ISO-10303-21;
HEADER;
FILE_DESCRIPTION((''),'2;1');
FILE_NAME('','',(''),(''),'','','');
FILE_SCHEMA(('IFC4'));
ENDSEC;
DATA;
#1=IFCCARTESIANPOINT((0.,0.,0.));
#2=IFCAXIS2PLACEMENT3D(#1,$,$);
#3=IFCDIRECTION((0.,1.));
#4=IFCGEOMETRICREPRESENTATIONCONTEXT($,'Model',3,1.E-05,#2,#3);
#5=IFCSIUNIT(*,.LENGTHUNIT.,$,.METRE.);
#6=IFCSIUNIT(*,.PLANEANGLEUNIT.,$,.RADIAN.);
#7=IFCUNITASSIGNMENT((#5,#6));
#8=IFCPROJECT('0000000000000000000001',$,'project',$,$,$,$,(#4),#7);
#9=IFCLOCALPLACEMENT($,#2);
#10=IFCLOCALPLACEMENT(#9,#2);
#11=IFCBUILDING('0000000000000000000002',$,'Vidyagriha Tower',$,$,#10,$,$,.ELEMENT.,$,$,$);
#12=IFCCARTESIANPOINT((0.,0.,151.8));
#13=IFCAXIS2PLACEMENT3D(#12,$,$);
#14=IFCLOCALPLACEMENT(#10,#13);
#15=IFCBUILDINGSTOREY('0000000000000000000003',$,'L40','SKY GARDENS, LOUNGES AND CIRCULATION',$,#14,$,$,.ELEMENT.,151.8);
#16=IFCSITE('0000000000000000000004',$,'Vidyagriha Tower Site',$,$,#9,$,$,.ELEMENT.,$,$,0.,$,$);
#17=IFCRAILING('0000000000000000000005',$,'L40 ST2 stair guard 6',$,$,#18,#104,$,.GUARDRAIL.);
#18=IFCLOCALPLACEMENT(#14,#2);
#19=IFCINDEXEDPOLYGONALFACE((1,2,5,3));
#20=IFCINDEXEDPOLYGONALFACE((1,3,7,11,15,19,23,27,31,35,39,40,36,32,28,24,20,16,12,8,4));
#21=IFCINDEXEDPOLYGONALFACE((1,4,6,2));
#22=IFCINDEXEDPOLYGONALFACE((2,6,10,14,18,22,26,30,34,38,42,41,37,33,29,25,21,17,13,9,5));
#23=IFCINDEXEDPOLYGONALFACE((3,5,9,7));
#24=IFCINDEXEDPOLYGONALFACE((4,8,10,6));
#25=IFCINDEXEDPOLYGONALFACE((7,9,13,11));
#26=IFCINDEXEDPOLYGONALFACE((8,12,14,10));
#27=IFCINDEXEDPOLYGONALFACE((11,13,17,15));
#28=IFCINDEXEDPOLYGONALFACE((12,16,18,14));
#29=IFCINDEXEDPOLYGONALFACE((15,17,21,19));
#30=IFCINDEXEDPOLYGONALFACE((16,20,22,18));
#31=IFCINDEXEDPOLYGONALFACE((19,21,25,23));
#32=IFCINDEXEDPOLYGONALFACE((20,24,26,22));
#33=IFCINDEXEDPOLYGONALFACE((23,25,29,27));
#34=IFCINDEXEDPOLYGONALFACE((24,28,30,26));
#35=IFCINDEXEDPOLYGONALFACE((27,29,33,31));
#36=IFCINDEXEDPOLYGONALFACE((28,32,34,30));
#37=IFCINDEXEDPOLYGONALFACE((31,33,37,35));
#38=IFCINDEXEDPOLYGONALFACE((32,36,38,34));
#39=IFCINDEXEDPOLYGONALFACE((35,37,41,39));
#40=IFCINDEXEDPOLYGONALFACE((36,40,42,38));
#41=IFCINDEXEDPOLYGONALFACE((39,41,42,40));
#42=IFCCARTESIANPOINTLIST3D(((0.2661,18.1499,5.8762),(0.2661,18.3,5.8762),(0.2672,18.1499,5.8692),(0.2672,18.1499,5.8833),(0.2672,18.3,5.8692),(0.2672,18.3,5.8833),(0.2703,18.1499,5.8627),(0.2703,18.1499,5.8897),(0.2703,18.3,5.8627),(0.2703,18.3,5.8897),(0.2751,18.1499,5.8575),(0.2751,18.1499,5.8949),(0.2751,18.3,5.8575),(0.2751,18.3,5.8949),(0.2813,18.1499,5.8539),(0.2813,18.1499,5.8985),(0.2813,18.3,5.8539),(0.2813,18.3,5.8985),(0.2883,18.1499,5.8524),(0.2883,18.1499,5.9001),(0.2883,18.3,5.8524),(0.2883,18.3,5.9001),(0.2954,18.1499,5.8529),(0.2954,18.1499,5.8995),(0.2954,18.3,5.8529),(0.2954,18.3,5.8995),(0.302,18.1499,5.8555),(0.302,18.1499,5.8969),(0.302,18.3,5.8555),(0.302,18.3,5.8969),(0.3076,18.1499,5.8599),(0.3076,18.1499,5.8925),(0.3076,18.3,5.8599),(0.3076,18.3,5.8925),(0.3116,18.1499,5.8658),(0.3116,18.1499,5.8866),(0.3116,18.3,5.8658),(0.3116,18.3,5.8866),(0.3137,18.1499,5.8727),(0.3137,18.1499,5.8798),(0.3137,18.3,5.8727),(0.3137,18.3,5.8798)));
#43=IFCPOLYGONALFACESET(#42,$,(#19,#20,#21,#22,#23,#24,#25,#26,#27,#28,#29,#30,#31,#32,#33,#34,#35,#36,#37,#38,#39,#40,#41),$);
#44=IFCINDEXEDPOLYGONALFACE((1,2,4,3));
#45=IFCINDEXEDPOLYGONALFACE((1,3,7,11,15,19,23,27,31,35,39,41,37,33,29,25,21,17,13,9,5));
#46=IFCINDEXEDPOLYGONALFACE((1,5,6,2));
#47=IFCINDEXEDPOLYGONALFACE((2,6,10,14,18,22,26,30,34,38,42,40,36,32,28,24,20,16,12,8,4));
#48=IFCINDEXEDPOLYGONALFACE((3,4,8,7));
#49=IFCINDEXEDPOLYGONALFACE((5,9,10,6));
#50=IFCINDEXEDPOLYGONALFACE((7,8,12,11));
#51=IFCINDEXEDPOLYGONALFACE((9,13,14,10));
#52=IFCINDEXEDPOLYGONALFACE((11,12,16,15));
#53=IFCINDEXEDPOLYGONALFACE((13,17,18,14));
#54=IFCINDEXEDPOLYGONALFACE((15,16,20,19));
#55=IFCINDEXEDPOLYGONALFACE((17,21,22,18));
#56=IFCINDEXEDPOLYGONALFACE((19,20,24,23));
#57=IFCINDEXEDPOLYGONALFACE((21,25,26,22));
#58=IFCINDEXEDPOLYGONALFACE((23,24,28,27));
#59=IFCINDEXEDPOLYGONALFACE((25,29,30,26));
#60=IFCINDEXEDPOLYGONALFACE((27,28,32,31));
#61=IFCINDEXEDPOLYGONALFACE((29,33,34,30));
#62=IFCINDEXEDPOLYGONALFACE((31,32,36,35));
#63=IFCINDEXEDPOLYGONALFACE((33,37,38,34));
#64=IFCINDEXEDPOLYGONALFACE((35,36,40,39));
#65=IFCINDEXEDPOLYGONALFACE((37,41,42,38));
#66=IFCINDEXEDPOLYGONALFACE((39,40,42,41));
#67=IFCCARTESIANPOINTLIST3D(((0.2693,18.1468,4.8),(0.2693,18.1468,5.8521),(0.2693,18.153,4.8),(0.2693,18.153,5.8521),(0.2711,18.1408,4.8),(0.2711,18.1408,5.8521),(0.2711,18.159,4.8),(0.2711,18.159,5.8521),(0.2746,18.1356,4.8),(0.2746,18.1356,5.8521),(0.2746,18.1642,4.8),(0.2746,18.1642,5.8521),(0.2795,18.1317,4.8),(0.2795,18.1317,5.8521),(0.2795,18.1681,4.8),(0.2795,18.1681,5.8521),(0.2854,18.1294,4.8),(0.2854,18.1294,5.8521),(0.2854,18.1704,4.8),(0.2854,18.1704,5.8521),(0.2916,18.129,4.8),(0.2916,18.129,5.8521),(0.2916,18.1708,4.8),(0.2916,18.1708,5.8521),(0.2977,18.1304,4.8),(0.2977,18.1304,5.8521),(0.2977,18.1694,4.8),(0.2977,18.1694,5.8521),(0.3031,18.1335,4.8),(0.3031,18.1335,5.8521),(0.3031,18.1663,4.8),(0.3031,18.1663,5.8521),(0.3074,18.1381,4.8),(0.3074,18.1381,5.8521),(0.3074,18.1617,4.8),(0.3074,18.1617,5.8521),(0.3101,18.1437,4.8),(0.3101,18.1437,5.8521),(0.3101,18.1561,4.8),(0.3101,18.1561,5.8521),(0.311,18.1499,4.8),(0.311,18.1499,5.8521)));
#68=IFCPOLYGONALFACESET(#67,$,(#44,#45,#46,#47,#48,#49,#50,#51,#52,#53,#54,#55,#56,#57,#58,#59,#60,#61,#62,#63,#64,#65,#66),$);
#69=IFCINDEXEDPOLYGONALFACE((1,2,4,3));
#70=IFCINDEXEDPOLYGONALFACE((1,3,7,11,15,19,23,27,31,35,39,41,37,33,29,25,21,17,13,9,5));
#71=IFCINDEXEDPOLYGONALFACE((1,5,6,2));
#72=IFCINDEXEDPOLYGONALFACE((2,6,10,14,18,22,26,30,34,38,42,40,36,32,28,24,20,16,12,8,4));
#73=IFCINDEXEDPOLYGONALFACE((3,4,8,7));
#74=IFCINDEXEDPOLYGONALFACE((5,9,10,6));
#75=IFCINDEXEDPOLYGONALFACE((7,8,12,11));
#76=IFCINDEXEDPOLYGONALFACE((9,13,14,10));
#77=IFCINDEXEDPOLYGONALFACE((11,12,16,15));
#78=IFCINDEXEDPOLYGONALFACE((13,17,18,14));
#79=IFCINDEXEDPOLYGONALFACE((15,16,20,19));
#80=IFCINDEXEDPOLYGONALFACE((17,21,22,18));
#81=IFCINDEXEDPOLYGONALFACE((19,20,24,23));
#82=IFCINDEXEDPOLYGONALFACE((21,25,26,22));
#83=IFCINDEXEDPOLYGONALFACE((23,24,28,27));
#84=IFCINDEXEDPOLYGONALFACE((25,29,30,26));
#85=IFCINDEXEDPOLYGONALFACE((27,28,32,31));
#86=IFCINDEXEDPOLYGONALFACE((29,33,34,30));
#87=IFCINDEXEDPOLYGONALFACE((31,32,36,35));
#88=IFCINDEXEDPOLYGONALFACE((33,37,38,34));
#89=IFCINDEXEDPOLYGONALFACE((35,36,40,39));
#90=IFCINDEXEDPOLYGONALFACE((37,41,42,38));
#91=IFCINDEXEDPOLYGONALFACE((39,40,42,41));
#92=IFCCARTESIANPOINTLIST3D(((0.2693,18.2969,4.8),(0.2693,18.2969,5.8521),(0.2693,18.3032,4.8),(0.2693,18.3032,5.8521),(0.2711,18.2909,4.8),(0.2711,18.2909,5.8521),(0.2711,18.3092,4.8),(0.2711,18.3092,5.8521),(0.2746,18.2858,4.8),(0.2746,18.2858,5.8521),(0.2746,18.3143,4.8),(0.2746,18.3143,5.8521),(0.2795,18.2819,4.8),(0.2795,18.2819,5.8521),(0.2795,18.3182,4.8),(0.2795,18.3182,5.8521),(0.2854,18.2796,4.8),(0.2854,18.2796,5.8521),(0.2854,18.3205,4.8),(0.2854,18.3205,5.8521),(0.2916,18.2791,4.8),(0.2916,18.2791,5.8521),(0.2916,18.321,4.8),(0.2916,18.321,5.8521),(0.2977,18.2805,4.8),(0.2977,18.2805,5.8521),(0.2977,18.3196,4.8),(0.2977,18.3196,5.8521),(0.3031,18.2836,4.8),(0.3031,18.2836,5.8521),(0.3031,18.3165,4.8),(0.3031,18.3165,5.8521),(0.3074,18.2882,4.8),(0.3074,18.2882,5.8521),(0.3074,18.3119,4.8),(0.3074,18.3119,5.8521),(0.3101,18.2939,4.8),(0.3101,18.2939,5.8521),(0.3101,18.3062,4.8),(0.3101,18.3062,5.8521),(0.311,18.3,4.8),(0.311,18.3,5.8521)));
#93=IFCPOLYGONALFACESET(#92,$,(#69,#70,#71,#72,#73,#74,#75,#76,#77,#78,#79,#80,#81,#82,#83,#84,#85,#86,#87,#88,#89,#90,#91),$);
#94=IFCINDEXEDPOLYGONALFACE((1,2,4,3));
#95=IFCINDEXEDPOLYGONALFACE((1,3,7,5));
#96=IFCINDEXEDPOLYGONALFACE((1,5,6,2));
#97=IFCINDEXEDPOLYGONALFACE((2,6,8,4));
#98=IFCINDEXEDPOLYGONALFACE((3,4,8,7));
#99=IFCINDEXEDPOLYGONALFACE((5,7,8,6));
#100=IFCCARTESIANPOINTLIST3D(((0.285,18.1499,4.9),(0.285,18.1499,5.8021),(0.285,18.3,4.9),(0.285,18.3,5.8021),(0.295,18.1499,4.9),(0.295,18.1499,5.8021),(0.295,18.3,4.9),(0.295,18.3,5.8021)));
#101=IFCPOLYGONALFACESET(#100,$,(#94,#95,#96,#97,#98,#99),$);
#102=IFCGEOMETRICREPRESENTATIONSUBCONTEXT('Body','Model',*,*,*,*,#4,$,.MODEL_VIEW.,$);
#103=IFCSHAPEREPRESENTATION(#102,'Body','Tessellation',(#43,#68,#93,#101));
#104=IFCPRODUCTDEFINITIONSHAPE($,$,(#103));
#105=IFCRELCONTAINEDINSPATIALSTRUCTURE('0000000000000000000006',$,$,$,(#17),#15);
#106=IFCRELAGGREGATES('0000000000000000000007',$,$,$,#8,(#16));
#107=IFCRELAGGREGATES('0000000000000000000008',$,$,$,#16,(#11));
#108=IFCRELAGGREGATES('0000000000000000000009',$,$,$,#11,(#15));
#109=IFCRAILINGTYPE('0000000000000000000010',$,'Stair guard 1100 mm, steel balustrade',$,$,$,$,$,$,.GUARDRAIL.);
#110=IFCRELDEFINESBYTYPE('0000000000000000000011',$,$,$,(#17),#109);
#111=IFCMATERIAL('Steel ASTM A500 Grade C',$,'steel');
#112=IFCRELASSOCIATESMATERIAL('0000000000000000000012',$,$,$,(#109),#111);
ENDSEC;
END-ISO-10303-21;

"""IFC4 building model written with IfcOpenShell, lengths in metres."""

from ifc_helpers import new_model, si_unit, direction, frame, origin, origin_2d, place, context, subcontext, project, spatial, rectangle, circle, extrude, material, type_object, element, save


model = new_model("IFC4")

# Units and contexts
model_context = context("Model", 3, precision=1e-05, world=origin(), true_north=direction((0.0, 1.0)))
body_context = subcontext(model_context, "Body", "Model", "MODEL_VIEW")
ifc_project = project(units=[si_unit("LENGTHUNIT", "METRE"), si_unit("PLANEANGLEUNIT", "RADIAN")], contexts=[model_context])

# Site, building, storey
site_placement = place(None, origin())
site = spatial("IfcSite", under=ifc_project, at=site_placement, Name="Vidyagriha Tower Site", CompositionType="ELEMENT", RefElevation=0.0)
building_placement = place(site_placement, origin())
building = spatial("IfcBuilding", under=site, at=building_placement, Name="Vidyagriha Tower", CompositionType="ELEMENT")
storey_placement = place(building_placement, frame((0.0, 0.0, 151.8)))
storey = spatial("IfcBuildingStorey", under=building, at=storey_placement, Name="L40", Description="SKY GARDENS, LOUNGES AND CIRCULATION", CompositionType="ELEMENT", Elevation=151.8)

# Railing
ifc_material_1 = material(Name="Steel ASTM A500 Grade C", Category="steel")
railing_type_1 = type_object("IfcRailingType", Name="Stair guard 1100 mm, steel balustrade", PredefinedType="GUARDRAIL", material=ifc_material_1)
railing_1_placement = place(storey_placement, frame((0.29, 18.1499, 4.8)))
element("IfcRailing", 1, at=railing_1_placement, inside=storey, type_object=railing_type_1, Name="L40 ST2 stair guard 6", PredefinedType="GUARDRAIL", context=body_context, shape_type="SweptSolid", body=[
    extrude(circle(Radius=0.0239, at=origin_2d()), frame((0.0, 0.0, 1.0762), z_axis=(0.0, 1.0, 0.0), x_axis=(-1.0, 0.0, 0.0)), (0.0, 0.0, 1.0), 0.1501),
    extrude(circle(Radius=0.021, at=origin_2d()), origin(), (0.0, 0.0, 1.0), 1.052),
    extrude(circle(Radius=0.021, at=origin_2d()), frame((0.0, 0.1501, 0.0)), (0.0, 0.0, 1.0), 1.052),
    extrude(rectangle(XDim=0.01, YDim=0.9021, at=origin_2d()), frame((0.0, 0.0, 0.551), z_axis=(0.0, 1.0, 0.0), x_axis=(-1.0, 0.0, 0.0)), (0.0, 0.0, 1.0), 0.1501),
])

save(model, "model.ifc")
